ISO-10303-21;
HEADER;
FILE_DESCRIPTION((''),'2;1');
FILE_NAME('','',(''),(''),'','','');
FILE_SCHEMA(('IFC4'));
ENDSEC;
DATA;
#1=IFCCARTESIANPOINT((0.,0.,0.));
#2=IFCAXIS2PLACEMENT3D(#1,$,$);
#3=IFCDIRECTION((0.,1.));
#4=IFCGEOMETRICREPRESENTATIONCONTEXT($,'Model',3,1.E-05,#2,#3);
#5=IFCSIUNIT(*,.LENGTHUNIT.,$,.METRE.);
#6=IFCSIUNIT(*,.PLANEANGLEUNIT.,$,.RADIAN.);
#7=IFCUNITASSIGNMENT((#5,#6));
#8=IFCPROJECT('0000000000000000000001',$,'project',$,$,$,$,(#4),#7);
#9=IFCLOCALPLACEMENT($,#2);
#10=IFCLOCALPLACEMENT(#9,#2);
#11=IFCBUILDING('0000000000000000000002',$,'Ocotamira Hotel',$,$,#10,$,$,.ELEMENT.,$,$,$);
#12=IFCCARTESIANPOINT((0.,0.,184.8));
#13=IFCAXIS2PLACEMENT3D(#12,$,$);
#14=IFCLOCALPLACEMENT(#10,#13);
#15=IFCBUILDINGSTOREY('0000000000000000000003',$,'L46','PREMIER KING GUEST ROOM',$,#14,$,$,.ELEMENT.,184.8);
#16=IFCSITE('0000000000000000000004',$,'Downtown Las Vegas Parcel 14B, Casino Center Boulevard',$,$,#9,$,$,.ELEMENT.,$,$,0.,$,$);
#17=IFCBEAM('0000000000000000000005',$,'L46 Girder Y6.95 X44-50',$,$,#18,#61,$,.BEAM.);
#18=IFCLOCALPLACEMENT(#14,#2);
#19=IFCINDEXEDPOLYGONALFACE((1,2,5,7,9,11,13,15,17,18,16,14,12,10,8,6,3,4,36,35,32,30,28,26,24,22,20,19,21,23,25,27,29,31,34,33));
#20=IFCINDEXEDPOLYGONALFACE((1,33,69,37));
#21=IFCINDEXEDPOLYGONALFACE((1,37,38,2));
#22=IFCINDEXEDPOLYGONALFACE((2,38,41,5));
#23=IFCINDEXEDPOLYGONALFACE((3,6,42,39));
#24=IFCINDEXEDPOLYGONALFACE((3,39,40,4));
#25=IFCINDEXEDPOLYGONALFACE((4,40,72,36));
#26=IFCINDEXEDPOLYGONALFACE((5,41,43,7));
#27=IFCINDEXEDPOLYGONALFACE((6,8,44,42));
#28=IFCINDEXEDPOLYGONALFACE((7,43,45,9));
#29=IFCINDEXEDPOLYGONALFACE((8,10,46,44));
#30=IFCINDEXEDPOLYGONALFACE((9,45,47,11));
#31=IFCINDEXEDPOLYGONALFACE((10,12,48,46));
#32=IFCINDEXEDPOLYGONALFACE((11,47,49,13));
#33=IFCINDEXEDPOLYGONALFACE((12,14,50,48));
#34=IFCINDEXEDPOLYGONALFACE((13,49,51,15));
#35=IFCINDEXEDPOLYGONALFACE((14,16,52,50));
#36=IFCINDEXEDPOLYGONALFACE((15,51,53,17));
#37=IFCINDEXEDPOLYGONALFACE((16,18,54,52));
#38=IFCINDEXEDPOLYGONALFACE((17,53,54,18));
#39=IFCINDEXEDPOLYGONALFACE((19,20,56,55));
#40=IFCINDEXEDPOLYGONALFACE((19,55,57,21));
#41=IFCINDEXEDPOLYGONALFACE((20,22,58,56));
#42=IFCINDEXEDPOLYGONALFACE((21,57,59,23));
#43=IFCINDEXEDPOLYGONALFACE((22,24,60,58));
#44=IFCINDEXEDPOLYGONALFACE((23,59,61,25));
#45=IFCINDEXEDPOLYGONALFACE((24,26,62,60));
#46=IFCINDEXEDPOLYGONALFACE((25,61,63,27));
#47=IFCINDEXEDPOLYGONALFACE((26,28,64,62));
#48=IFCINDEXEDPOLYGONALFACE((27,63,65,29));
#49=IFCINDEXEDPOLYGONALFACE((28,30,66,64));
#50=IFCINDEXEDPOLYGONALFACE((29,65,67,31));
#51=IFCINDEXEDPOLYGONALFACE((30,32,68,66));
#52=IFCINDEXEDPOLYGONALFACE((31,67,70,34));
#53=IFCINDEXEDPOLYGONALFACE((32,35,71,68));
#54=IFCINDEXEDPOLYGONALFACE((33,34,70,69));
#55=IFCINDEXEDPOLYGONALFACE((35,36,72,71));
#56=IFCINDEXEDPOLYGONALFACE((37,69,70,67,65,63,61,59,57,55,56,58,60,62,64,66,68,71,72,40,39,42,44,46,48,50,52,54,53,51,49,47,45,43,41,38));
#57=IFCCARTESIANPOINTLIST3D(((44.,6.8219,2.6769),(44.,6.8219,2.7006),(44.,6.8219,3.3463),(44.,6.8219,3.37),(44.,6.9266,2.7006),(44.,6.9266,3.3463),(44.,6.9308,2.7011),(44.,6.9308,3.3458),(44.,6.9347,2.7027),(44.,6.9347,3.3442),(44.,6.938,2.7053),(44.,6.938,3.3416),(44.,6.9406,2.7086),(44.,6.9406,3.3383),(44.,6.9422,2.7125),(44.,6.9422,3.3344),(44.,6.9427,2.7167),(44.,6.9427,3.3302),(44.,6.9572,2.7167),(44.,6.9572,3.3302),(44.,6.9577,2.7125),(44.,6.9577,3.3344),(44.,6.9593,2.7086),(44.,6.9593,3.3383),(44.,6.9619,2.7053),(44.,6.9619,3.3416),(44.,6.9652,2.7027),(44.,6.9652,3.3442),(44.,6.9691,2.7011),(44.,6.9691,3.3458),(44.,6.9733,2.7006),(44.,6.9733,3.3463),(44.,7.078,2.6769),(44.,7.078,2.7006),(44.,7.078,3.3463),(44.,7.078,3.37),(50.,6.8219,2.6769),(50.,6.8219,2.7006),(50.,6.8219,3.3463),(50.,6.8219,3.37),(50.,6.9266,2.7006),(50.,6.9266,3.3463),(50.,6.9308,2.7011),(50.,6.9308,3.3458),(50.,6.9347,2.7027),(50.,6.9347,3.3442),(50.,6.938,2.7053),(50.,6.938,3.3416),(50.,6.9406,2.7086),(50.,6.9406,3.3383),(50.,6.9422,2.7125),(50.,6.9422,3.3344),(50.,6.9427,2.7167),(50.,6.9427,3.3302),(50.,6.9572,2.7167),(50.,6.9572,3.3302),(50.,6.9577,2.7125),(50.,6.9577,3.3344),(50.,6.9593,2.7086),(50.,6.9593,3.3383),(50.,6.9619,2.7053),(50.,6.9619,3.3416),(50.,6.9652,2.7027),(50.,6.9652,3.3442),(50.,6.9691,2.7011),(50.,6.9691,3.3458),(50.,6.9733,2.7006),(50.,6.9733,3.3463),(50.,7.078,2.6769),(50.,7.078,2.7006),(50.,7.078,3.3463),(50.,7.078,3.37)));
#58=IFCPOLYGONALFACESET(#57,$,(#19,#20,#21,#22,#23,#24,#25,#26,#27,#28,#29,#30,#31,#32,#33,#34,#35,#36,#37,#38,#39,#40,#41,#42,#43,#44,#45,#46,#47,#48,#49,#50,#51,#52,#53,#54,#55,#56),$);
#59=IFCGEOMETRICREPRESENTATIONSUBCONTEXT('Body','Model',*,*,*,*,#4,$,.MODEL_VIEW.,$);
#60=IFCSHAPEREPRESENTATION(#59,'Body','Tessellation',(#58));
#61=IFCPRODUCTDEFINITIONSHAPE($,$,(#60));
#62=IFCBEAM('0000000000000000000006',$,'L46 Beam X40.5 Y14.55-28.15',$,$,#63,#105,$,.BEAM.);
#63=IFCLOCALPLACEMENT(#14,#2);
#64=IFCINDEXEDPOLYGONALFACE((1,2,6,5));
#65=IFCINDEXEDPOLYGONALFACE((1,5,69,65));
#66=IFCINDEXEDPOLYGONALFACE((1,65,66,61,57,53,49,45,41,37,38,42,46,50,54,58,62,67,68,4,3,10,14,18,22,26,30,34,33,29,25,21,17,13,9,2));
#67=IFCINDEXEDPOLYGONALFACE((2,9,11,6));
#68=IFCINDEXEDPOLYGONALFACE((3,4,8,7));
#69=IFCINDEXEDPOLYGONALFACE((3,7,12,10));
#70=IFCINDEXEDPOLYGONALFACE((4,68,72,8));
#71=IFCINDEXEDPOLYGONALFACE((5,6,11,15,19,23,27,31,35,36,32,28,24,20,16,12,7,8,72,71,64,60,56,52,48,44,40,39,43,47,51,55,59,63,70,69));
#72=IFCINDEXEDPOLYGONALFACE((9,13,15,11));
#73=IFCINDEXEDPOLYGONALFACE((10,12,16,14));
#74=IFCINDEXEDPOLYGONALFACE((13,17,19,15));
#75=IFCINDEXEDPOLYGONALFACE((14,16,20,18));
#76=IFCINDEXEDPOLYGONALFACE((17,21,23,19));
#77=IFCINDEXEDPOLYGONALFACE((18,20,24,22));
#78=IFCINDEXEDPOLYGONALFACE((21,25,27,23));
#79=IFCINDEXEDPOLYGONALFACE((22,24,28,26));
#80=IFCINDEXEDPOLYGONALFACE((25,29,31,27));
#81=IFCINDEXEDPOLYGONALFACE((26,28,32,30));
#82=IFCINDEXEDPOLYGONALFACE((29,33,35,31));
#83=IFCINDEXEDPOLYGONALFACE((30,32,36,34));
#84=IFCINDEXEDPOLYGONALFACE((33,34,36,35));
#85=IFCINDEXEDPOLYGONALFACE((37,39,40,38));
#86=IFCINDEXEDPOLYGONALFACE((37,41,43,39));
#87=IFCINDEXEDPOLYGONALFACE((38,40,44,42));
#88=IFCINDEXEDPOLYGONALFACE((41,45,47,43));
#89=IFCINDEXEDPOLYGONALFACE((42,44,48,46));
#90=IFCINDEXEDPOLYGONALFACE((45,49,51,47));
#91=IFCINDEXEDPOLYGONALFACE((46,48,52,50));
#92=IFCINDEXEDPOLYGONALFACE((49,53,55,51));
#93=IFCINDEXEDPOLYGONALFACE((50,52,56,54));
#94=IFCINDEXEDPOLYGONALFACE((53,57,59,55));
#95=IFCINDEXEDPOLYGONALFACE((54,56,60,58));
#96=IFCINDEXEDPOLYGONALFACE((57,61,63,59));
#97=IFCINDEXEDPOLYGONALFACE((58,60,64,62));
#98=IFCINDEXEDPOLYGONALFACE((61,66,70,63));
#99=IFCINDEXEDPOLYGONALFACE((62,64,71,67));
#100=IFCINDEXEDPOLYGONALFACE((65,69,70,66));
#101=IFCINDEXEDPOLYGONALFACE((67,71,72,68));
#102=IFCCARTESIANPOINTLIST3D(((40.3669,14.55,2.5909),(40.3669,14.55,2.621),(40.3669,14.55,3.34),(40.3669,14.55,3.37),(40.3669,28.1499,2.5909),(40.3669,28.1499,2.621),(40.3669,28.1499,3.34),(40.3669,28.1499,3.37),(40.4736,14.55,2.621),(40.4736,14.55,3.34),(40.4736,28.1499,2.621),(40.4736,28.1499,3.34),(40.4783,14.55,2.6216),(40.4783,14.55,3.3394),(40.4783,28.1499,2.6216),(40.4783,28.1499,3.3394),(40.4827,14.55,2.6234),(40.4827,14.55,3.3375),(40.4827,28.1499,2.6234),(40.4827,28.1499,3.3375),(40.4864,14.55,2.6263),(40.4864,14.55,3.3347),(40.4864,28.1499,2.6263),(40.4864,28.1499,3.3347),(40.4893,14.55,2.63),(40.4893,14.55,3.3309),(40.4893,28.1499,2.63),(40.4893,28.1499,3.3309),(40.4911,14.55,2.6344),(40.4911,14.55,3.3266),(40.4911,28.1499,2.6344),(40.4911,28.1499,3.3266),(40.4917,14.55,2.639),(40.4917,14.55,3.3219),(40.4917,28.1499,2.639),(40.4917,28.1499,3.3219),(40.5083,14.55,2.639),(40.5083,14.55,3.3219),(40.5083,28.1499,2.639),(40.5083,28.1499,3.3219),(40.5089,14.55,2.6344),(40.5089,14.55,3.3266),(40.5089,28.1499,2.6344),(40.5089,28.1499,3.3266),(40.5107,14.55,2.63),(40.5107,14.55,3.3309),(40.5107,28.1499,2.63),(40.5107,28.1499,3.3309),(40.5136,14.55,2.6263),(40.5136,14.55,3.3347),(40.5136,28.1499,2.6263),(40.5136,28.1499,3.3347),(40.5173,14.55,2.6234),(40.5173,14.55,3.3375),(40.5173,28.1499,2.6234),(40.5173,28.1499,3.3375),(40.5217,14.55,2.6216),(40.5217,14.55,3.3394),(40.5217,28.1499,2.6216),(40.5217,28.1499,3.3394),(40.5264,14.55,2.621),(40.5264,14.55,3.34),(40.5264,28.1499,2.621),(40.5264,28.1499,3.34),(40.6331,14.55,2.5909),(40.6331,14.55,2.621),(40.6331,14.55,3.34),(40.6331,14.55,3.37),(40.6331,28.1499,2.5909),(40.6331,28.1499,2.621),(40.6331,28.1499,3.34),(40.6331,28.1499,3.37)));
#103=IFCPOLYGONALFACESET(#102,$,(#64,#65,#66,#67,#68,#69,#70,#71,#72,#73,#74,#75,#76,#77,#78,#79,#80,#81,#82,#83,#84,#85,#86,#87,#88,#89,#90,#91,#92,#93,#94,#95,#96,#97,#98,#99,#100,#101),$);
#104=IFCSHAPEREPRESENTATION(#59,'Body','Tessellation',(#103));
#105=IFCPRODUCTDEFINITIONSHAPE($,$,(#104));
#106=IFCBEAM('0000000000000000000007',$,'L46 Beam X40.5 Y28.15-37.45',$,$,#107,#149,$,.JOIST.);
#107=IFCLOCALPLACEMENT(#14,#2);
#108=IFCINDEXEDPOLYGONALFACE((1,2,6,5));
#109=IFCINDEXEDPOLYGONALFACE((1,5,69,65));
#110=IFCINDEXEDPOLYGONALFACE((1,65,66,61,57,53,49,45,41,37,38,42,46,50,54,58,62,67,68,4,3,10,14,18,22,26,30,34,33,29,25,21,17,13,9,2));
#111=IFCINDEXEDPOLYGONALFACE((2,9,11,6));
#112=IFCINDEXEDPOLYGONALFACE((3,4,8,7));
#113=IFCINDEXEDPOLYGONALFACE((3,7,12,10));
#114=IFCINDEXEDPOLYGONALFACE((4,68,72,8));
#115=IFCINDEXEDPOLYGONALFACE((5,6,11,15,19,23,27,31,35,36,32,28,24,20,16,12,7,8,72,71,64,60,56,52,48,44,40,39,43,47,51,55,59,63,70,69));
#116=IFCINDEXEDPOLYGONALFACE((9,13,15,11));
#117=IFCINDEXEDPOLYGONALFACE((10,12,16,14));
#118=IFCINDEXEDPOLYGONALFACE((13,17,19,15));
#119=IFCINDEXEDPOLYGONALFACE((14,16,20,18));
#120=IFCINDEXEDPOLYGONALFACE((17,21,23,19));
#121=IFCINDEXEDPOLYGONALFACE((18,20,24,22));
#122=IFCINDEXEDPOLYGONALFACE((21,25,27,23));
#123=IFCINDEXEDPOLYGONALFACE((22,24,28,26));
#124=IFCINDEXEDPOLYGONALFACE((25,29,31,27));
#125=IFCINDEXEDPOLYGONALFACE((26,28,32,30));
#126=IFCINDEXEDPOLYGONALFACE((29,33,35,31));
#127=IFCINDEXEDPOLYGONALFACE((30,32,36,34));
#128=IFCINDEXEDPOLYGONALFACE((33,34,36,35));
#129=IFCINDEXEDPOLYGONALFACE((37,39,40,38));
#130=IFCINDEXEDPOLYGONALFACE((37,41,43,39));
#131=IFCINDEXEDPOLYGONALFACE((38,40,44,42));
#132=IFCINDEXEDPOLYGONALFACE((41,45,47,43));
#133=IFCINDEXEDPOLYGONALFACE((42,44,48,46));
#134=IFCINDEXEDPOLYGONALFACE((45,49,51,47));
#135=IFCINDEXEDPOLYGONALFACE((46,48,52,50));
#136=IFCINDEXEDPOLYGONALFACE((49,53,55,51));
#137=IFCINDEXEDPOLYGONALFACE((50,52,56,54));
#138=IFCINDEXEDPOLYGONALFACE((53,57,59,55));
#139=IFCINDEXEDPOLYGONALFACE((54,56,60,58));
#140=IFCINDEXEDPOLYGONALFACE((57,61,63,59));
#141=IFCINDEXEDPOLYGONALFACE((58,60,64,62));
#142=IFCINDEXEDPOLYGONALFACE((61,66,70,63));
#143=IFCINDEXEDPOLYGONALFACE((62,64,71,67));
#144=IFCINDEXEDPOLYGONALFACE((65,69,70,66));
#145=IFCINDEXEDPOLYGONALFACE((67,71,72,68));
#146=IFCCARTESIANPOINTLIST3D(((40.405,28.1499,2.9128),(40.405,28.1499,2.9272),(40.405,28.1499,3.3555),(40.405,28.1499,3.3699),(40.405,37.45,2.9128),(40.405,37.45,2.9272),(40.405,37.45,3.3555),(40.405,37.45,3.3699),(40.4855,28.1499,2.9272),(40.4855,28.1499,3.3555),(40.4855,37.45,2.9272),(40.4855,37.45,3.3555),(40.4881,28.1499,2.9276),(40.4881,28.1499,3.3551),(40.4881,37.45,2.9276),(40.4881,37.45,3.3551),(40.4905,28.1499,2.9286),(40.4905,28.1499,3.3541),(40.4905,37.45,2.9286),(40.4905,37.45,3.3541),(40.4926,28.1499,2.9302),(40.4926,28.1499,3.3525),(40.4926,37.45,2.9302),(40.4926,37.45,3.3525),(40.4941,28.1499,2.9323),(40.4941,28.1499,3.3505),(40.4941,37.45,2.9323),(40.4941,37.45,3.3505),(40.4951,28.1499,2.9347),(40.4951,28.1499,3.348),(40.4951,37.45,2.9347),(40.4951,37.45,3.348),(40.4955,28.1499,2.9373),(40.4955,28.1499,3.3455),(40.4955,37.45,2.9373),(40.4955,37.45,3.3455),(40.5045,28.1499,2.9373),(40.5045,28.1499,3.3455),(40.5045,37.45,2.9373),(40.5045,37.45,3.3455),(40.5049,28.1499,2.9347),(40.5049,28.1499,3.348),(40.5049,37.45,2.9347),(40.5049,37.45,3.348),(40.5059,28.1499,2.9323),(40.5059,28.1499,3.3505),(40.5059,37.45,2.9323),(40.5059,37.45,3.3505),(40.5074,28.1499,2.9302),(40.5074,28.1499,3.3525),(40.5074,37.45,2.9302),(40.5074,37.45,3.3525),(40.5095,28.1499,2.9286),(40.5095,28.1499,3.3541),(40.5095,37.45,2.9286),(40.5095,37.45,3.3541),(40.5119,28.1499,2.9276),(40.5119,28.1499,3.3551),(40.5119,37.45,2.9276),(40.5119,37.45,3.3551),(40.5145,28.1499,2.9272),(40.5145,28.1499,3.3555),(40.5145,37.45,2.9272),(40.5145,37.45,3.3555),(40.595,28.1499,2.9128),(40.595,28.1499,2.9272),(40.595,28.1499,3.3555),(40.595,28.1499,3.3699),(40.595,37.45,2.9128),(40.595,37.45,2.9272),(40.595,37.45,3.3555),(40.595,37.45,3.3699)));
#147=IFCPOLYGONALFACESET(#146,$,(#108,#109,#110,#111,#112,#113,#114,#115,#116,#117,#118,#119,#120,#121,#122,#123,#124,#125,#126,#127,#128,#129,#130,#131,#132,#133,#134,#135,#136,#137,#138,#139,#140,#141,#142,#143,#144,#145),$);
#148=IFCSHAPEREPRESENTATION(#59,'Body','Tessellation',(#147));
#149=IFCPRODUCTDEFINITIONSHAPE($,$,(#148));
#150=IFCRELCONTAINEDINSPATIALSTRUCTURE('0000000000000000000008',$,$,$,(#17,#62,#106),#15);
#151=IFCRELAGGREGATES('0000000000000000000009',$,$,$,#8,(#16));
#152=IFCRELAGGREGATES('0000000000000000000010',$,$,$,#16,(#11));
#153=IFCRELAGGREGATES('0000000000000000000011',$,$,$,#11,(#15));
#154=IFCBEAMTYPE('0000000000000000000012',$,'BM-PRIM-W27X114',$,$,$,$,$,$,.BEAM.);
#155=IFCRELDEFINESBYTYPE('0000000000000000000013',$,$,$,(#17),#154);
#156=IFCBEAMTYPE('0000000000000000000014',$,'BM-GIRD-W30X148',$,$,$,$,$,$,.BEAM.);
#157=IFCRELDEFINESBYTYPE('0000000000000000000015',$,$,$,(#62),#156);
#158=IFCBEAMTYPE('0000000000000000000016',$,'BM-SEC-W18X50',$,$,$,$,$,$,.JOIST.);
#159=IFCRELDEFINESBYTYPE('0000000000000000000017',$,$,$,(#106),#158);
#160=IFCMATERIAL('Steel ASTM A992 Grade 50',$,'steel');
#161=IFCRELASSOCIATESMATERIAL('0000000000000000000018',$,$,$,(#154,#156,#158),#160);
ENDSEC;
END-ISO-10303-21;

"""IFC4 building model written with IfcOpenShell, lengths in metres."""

from ifc_helpers import new_model, si_unit, direction, frame, origin, origin_2d, place, context, subcontext, project, spatial, i_section, extrude, source, transform, mapped, material, material_profile, profile_set, type_object, element, save


model = new_model("IFC4")

# Units and contexts
model_context = context("Model", 3, precision=1e-05, world=origin(), true_north=direction((0.0, 1.0)))
body_context = subcontext(model_context, "Body", "Model", "MODEL_VIEW")
ifc_project = project(units=[si_unit("LENGTHUNIT", "METRE"), si_unit("PLANEANGLEUNIT", "RADIAN")], contexts=[model_context])

# Site, building, storey
site_placement = place(None, origin())
site = spatial("IfcSite", under=ifc_project, at=site_placement, Name="Downtown Las Vegas Parcel 14B, Casino Center Boulevard", CompositionType="ELEMENT", RefElevation=0.0)
building_placement = place(site_placement, origin())
building = spatial("IfcBuilding", under=site, at=building_placement, Name="Ocotamira Hotel", CompositionType="ELEMENT")
storey_placement = place(building_placement, frame((0.0, 0.0, 184.8)))
storey = spatial("IfcBuildingStorey", under=building, at=storey_placement, Name="L46", Description="PREMIER KING GUEST ROOM", CompositionType="ELEMENT", Elevation=184.8)

# Beams
ifc_material_1 = material(Name="Steel ASTM A992 Grade 50", Category="steel")
ifc_material_profile_1 = material_profile(ifc_material_1, i_section(OverallWidth=0.2561, OverallDepth=0.6931, WebThickness=0.0144, FlangeThickness=0.0237, FilletRadius=0.0161, at=origin_2d()), Name="W27X114")
ifc_profile_set_1 = profile_set([ifc_material_profile_1], Name="Steel ASTM A992 Grade 50")
beam_type_1 = type_object("IfcBeamType", Name="BM-PRIM-W27X114", PredefinedType="BEAM", material=ifc_profile_set_1)
shared_shape_1 = source(origin(), body_context, "Body", "SweptSolid", [
    extrude(i_section(OverallWidth=0.2561, OverallDepth=0.6931, WebThickness=0.0144, FlangeThickness=0.0237, FilletRadius=0.0161, at=origin_2d()), origin(), (0.0, 0.0, 1.0), 6.0),
])
beam_1_placement = place(storey_placement, frame((44.0, 6.95, 3.0234), z_axis=(1.0, 0.0, 0.0), x_axis=(0.0, 1.0, 0.0)))
element("IfcBeam", 1, at=beam_1_placement, inside=storey, type_object=beam_type_1, Name="L46 Girder Y6.95 X44-50", PredefinedType="BEAM", context=body_context, shape_type="MappedRepresentation", body=[
    mapped(shared_shape_1, transform((0.0, 0.0, 0.0), scale=1.0)),
])
ifc_material_profile_2 = material_profile(ifc_material_1, i_section(OverallWidth=0.2661, OverallDepth=0.7791, WebThickness=0.0166, FlangeThickness=0.03, FilletRadius=0.0181, at=origin_2d()), Name="W30X148")
ifc_profile_set_2 = profile_set([ifc_material_profile_2], Name="Steel ASTM A992 Grade 50")
beam_type_2 = type_object("IfcBeamType", Name="BM-GIRD-W30X148", PredefinedType="BEAM", material=ifc_profile_set_2)
shared_shape_2 = source(origin(), body_context, "Body", "SweptSolid", [
    extrude(i_section(OverallWidth=0.2661, OverallDepth=0.7791, WebThickness=0.0166, FlangeThickness=0.03, FilletRadius=0.0181, at=origin_2d()), origin(), (0.0, 0.0, 1.0), 13.5999),
])
beam_2_placement = place(storey_placement, frame((40.5, 14.55, 2.9805), z_axis=(0.0, 1.0, 0.0), x_axis=(-1.0, 0.0, 0.0)))
element("IfcBeam", 2, at=beam_2_placement, inside=storey, type_object=beam_type_2, Name="L46 Beam X40.5 Y14.55-28.15", PredefinedType="BEAM", context=body_context, shape_type="MappedRepresentation", body=[
    mapped(shared_shape_2, transform((0.0, 0.0, 0.0), scale=1.0)),
])
ifc_material_profile_3 = material_profile(ifc_material_1, i_section(OverallWidth=0.1899, OverallDepth=0.457, WebThickness=0.009, FlangeThickness=0.0144, FilletRadius=0.01, at=origin_2d()), Name="W18X50")
ifc_profile_set_3 = profile_set([ifc_material_profile_3], Name="Steel ASTM A992 Grade 50")
beam_type_3 = type_object("IfcBeamType", Name="BM-SEC-W18X50", PredefinedType="JOIST", material=ifc_profile_set_3)
shared_shape_3 = source(origin(), body_context, "Body", "SweptSolid", [
    extrude(i_section(OverallWidth=0.1899, OverallDepth=0.457, WebThickness=0.009, FlangeThickness=0.0144, FilletRadius=0.01, at=origin_2d()), origin(), (0.0, 0.0, 1.0), 9.3),
])
beam_3_placement = place(storey_placement, frame((40.5, 28.1499, 3.1414), z_axis=(0.0, 1.0, 0.0), x_axis=(-1.0, 0.0, 0.0)))
element("IfcBeam", 3, at=beam_3_placement, inside=storey, type_object=beam_type_3, Name="L46 Beam X40.5 Y28.15-37.45", PredefinedType="JOIST", context=body_context, shape_type="MappedRepresentation", body=[
    mapped(shared_shape_3, transform((0.0, 0.0, 0.0), scale=1.0)),
])

save(model, "model.ifc")
